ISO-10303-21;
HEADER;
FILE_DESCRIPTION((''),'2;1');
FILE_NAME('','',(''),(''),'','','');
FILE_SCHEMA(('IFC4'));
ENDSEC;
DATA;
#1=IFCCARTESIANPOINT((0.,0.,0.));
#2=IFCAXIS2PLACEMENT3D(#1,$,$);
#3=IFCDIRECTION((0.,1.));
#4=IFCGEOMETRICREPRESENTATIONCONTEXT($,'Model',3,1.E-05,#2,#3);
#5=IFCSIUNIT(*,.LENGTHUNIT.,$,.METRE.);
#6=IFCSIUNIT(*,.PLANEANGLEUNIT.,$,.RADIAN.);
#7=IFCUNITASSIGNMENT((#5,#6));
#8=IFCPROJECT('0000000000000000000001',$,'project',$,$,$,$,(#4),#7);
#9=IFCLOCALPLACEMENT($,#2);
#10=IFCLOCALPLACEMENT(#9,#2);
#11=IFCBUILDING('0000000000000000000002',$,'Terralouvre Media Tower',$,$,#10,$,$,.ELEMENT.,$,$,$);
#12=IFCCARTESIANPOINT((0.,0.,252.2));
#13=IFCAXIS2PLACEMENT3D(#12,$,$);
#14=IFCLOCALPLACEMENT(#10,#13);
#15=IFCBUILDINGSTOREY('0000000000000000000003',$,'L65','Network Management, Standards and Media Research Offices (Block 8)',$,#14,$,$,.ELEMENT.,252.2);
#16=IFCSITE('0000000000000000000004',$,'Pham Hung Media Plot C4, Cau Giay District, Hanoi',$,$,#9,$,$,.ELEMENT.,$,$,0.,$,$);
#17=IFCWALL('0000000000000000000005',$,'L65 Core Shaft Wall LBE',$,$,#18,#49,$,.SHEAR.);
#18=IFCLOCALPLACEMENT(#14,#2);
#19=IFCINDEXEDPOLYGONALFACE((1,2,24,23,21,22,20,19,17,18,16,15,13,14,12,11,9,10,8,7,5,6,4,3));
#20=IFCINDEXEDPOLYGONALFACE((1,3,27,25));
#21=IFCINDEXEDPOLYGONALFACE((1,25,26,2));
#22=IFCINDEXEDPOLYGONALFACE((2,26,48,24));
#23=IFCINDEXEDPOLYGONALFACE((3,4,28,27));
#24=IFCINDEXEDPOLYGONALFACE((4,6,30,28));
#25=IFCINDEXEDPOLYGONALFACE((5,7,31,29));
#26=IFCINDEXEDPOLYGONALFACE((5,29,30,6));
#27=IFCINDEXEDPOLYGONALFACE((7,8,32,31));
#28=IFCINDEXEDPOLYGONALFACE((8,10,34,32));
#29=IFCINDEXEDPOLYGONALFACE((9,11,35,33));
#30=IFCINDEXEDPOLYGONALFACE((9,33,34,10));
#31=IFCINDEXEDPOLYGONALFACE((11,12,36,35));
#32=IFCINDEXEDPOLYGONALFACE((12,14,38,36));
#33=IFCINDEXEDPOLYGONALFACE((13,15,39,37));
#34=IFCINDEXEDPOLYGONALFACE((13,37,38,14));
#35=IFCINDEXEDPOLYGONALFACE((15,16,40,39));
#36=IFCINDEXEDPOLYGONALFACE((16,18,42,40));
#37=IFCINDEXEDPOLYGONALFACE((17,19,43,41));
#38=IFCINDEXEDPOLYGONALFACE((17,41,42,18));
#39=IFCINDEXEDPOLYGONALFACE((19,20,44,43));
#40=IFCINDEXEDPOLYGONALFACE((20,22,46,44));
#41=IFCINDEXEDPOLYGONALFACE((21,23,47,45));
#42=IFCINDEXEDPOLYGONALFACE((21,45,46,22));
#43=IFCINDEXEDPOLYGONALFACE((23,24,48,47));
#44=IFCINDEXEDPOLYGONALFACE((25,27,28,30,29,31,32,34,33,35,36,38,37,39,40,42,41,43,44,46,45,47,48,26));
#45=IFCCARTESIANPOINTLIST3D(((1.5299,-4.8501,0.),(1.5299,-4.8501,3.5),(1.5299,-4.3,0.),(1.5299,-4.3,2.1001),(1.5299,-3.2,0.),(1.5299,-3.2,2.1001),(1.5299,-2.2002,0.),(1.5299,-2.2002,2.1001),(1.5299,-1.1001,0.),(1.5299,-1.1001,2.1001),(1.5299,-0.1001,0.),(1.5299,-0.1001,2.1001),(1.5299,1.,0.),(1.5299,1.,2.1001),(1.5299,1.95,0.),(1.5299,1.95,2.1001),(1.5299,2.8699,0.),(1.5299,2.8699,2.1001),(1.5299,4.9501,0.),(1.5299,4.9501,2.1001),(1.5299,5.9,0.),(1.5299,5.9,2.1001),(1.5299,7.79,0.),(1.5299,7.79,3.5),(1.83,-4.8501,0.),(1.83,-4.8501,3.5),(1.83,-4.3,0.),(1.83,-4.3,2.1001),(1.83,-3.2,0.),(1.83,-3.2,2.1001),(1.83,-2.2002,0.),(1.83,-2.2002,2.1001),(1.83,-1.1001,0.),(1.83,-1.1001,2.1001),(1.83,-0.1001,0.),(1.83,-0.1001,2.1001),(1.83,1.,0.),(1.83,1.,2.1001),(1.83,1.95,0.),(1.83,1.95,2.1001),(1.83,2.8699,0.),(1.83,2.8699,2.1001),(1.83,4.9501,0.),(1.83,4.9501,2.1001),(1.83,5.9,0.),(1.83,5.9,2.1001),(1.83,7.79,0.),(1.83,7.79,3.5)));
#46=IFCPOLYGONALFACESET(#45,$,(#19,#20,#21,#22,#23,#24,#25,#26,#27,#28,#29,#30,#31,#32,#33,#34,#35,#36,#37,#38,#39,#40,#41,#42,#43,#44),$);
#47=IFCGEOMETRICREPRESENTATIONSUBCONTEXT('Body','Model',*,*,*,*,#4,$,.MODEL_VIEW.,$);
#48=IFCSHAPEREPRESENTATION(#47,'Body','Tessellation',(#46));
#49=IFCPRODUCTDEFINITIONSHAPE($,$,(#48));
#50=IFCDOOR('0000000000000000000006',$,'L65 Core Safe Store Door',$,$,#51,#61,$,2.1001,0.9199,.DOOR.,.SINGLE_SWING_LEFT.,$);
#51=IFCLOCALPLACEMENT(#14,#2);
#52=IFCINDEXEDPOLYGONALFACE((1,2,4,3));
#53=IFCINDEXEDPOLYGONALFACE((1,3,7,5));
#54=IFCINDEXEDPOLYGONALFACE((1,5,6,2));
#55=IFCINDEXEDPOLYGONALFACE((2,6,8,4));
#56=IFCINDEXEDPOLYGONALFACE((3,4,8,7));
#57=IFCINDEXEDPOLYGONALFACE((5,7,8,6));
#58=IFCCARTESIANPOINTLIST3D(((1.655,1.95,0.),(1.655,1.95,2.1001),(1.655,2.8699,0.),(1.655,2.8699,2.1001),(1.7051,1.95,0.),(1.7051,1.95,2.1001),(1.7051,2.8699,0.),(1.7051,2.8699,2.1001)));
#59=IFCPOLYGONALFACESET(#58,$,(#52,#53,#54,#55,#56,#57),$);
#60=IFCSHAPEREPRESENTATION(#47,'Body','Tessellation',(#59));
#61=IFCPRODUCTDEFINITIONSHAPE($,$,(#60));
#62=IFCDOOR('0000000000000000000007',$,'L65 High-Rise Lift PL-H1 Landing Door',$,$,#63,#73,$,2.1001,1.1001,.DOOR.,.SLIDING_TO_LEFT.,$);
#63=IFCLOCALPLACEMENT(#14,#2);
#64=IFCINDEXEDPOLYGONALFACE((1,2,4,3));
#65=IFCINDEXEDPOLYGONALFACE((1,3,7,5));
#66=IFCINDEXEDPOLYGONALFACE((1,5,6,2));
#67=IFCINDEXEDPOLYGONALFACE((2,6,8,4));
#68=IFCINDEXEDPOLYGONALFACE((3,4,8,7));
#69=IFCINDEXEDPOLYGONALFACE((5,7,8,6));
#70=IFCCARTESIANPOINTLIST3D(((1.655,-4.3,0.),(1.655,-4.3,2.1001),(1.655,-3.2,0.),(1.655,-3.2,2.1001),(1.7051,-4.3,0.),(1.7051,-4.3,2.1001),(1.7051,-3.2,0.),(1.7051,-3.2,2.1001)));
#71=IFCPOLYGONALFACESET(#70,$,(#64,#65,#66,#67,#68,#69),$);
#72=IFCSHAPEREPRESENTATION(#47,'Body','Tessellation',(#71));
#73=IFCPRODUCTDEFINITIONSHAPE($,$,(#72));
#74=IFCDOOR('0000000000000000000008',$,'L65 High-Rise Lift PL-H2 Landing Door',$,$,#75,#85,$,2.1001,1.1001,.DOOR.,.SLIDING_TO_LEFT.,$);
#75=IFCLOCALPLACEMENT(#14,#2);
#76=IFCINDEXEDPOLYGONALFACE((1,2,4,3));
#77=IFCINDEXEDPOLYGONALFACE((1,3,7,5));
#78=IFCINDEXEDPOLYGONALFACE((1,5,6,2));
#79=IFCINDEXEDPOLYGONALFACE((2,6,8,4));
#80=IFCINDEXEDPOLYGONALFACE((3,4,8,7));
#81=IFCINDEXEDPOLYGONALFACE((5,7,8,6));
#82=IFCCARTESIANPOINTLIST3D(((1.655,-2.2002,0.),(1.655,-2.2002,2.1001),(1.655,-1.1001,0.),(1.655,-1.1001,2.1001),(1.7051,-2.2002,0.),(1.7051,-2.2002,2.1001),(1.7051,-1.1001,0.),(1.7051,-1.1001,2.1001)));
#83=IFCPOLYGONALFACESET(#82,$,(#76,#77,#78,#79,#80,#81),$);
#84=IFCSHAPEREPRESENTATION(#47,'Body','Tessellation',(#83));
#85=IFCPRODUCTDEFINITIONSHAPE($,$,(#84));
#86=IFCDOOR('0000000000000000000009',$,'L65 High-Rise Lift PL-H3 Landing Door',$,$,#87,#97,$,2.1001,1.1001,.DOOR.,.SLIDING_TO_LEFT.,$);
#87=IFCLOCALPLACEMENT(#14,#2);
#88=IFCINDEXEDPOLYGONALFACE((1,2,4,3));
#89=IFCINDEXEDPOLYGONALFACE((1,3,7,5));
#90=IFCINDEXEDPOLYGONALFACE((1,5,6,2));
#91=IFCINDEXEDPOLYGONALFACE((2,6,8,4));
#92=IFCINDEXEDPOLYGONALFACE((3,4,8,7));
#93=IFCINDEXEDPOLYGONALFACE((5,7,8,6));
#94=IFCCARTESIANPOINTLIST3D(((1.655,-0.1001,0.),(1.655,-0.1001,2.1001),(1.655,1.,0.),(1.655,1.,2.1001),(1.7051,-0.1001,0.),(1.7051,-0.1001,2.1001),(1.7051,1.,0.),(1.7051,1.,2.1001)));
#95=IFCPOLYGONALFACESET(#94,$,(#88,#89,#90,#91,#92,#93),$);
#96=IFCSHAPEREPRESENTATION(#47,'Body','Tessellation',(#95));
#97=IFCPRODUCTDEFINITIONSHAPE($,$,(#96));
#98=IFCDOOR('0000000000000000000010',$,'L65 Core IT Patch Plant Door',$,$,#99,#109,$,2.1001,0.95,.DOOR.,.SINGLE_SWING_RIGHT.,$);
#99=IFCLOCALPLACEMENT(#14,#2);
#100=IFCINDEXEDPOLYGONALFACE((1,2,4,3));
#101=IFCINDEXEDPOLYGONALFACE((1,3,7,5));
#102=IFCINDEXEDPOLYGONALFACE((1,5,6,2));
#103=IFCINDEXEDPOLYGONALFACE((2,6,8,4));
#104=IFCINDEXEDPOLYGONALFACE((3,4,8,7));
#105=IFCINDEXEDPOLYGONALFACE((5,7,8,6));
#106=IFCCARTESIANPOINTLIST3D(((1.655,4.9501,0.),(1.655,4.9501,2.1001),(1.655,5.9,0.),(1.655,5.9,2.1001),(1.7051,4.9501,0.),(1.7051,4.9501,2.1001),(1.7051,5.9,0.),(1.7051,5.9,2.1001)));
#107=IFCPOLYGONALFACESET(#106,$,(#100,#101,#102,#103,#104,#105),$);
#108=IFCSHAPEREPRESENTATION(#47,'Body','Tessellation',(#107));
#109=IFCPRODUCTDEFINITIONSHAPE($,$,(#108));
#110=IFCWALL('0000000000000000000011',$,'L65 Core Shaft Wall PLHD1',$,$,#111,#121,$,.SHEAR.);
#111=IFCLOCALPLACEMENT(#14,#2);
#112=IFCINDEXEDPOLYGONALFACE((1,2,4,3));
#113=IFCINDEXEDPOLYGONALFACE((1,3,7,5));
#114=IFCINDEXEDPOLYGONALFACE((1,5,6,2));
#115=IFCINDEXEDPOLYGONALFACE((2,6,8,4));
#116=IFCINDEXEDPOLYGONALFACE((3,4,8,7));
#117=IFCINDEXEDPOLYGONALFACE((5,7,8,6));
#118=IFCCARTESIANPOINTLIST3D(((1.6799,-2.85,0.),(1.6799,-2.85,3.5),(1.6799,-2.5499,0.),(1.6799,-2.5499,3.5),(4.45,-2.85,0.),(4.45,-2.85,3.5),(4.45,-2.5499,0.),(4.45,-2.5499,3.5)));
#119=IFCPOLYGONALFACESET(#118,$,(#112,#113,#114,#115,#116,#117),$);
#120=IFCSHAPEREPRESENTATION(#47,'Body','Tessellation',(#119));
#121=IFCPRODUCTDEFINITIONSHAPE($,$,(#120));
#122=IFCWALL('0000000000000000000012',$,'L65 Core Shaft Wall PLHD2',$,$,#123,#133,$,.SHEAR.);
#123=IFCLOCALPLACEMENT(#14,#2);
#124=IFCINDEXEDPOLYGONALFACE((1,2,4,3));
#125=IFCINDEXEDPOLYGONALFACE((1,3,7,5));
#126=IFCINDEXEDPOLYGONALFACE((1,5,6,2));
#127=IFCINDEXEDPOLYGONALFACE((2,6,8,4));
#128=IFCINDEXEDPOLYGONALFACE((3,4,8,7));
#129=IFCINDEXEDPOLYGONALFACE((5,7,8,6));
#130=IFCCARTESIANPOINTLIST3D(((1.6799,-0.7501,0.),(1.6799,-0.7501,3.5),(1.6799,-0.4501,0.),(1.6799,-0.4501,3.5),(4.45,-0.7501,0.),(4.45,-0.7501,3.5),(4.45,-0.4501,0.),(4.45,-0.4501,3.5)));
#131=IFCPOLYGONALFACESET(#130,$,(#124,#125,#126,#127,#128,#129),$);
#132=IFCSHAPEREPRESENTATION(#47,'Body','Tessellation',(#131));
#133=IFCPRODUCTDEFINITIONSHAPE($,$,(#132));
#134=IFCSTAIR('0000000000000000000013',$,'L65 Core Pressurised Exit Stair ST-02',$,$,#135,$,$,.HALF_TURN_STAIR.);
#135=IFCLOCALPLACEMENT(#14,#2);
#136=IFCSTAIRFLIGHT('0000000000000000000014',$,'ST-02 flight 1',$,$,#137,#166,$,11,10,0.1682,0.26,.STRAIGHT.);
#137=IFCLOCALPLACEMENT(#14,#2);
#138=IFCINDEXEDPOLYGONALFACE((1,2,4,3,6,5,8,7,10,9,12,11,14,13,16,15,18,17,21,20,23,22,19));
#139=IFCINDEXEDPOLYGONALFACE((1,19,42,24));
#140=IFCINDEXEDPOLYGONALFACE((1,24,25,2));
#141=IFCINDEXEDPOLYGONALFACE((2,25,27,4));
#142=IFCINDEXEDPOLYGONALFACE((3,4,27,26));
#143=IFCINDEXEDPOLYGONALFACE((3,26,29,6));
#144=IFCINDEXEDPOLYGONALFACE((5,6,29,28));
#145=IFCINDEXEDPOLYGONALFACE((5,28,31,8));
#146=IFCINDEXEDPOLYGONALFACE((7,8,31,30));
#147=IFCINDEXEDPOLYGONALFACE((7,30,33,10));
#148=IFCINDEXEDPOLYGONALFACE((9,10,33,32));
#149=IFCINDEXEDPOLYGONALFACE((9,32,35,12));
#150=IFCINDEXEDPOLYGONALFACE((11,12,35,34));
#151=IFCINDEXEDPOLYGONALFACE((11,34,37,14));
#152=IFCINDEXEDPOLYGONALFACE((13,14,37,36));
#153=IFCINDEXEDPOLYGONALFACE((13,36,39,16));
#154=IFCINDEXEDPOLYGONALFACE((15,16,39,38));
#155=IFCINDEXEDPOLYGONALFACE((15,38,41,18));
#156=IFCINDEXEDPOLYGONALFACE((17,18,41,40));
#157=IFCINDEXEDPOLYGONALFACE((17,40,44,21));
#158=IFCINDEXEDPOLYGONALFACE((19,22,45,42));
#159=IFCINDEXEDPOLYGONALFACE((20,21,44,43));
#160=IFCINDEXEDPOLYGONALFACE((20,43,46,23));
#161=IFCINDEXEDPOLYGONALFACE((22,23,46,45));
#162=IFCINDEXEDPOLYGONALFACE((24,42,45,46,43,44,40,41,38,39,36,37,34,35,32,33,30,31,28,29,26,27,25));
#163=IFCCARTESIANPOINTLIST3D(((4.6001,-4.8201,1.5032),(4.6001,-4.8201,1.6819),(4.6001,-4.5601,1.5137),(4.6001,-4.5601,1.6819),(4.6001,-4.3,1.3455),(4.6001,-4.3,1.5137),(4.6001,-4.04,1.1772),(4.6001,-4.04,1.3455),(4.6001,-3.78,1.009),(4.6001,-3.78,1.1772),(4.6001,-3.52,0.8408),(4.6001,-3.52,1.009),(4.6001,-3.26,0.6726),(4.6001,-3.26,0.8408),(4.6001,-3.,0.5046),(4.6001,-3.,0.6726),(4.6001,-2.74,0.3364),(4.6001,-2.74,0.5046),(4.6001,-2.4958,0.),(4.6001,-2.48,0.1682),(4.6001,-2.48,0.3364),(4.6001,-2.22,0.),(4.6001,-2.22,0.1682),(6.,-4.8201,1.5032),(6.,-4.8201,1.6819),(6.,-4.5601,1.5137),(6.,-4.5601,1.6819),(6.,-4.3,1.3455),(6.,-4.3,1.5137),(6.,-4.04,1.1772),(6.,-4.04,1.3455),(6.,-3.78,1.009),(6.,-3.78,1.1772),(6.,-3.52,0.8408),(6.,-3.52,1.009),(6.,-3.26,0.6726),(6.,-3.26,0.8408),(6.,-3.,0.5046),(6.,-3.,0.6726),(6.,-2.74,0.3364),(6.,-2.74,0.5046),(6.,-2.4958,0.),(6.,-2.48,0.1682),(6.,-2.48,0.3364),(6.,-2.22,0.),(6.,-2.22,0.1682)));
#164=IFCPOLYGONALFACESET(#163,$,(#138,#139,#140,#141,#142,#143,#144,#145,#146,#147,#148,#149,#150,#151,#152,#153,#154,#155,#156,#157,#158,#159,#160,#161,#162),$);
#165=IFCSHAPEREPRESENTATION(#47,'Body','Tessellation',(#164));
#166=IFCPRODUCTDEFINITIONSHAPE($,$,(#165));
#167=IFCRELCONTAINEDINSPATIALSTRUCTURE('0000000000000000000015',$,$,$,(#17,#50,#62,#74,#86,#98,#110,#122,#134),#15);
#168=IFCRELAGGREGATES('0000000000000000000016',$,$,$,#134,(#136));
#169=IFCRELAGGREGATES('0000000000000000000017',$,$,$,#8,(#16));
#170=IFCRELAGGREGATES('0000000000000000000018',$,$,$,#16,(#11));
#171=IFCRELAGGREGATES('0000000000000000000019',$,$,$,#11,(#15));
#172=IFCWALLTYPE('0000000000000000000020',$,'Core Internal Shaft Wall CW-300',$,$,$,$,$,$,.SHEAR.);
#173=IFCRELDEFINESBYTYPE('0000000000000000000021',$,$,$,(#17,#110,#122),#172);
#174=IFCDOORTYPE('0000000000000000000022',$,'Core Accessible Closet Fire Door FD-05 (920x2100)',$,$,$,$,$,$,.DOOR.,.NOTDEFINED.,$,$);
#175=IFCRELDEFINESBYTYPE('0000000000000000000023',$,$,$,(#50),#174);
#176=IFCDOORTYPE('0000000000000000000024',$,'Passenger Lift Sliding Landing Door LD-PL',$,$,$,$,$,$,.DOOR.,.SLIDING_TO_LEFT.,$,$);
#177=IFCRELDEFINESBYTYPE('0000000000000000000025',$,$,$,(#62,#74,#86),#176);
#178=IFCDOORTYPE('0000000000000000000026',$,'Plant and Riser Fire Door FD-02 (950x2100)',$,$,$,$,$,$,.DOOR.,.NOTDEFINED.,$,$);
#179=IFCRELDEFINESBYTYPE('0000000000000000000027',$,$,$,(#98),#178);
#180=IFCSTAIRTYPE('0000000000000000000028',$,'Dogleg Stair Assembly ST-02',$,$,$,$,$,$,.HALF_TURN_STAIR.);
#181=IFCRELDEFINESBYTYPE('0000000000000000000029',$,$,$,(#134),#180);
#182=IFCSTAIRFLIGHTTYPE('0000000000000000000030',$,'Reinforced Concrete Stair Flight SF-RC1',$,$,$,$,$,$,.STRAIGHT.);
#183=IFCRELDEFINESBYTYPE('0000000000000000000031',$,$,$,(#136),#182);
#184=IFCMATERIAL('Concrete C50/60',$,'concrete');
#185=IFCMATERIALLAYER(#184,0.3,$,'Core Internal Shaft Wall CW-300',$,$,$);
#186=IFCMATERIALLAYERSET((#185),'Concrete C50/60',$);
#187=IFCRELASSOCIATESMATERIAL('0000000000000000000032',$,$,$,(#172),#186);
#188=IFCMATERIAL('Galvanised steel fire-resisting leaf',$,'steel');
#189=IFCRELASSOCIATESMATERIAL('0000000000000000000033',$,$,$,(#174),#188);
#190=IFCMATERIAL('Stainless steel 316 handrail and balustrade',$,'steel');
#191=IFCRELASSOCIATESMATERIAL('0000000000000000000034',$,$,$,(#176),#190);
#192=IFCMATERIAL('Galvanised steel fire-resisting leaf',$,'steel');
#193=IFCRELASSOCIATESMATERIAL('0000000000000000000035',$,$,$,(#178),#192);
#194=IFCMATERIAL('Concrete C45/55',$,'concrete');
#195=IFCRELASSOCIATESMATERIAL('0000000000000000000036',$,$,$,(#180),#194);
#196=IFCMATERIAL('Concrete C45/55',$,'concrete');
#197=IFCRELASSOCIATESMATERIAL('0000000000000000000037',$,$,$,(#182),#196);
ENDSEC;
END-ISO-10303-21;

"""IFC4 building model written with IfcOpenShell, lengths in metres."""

from ifc_helpers import new_model, si_unit, direction, frame, frame_2d, origin, place, context, subcontext, project, spatial, polyline, rectangle, outline, extrude, material, layer, layer_set, type_object, element, fill, aggregate, save


model = new_model("IFC4")

# Units and contexts
model_context = context("Model", 3, precision=1e-05, world=origin(), true_north=direction((0.0, 1.0)))
body_context = subcontext(model_context, "Body", "Model", "MODEL_VIEW")
ifc_project = project(units=[si_unit("LENGTHUNIT", "METRE"), si_unit("PLANEANGLEUNIT", "RADIAN")], contexts=[model_context])

# Site, building, storey
site_placement = place(None, origin())
site = spatial("IfcSite", under=ifc_project, at=site_placement, Name="Pham Hung Media Plot C4, Cau Giay District, Hanoi", CompositionType="ELEMENT", RefElevation=0.0)
building_placement = place(site_placement, origin())
building = spatial("IfcBuilding", under=site, at=building_placement, Name="Terralouvre Media Tower", CompositionType="ELEMENT")
storey_placement = place(building_placement, frame((0.0, 0.0, 252.2)))
storey = spatial("IfcBuildingStorey", under=building, at=storey_placement, Name="L65", Description="Network Management, Standards and Media Research Offices (Block 8)", CompositionType="ELEMENT", Elevation=252.2)

# Shared definitions
ifc_material_1 = material(Name="Concrete C50/60", Category="concrete")
ifc_layer_1 = layer(ifc_material_1, 0.3, Name="Core Internal Shaft Wall CW-300")
ifc_layer_set_1 = layer_set([ifc_layer_1], Name="Concrete C50/60")
wall_type = type_object("IfcWallType", Name="Core Internal Shaft Wall CW-300", PredefinedType="SHEAR", material=ifc_layer_set_1)

# Wall, openings, doors
wall_1_placement = place(storey_placement, frame((1.6799, -4.8501, 0.0), z_axis=(0.0, 0.0, 1.0), x_axis=(0.0, 1.0, 0.0)))
wall_1 = element("IfcWall", 1, at=wall_1_placement, inside=storey, type_object=wall_type, Name="L65 Core Shaft Wall LBE", PredefinedType="SHEAR", context=body_context, shape_type="SweptSolid", body=[
    extrude(rectangle(XDim=12.6401, YDim=0.3, at=frame_2d((6.3201, 0.0))), origin(), (0.0, 0.0, 1.0), 3.5),
])
opening_1_placement = place(wall_1_placement, frame((0.55, 0.0, 0.0)))
opening_1 = element("IfcOpeningElement", 2, at=opening_1_placement, cuts=wall_1, PredefinedType="OPENING", context=body_context, shape_type="SweptSolid", body=[
    extrude(rectangle(XDim=1.1001, YDim=2.1001, at=frame_2d((0.55, 1.05))), frame((0.0, 0.1599, 0.0), z_axis=(0.0, -1.0, 0.0), x_axis=(1.0, 0.0, 0.0)), (0.0, 0.0, 1.0), 0.3201),
])
opening_2_placement = place(wall_1_placement, frame((2.6499, 0.0, 0.0)))
opening_2 = element("IfcOpeningElement", 3, at=opening_2_placement, cuts=wall_1, PredefinedType="OPENING", context=body_context, shape_type="SweptSolid", body=[
    extrude(rectangle(XDim=1.1001, YDim=2.1001, at=frame_2d((0.55, 1.05))), frame((0.0, 0.1599, 0.0), z_axis=(0.0, -1.0, 0.0), x_axis=(1.0, 0.0, 0.0)), (0.0, 0.0, 1.0), 0.3201),
])
opening_3_placement = place(wall_1_placement, frame((4.75, 0.0, 0.0)))
opening_3 = element("IfcOpeningElement", 4, at=opening_3_placement, cuts=wall_1, PredefinedType="OPENING", context=body_context, shape_type="SweptSolid", body=[
    extrude(rectangle(XDim=1.1001, YDim=2.1001, at=frame_2d((0.55, 1.05))), frame((0.0, 0.1599, 0.0), z_axis=(0.0, -1.0, 0.0), x_axis=(1.0, 0.0, 0.0)), (0.0, 0.0, 1.0), 0.3201),
])
opening_4_placement = place(wall_1_placement, frame((6.8, 0.0, 0.0)))
opening_4 = element("IfcOpeningElement", 5, at=opening_4_placement, cuts=wall_1, PredefinedType="OPENING", context=body_context, shape_type="SweptSolid", body=[
    extrude(rectangle(XDim=0.9199, YDim=2.1001, at=frame_2d((0.46, 1.05))), frame((0.0, 0.1599, 0.0), z_axis=(0.0, -1.0, 0.0), x_axis=(1.0, 0.0, 0.0)), (0.0, 0.0, 1.0), 0.3201),
])
opening_5_placement = place(wall_1_placement, frame((9.8, 0.0, 0.0)))
opening_5 = element("IfcOpeningElement", 6, at=opening_5_placement, cuts=wall_1, PredefinedType="OPENING", context=body_context, shape_type="SweptSolid", body=[
    extrude(rectangle(XDim=0.95, YDim=2.1001, at=frame_2d((0.4751, 1.05))), frame((0.0, 0.1599, 0.0), z_axis=(0.0, -1.0, 0.0), x_axis=(1.0, 0.0, 0.0)), (0.0, 0.0, 1.0), 0.3201),
])
ifc_material_2 = material(Name="Galvanised steel fire-resisting leaf", Category="steel")
door_type_1 = type_object("IfcDoorType", Name="Core Accessible Closet Fire Door FD-05 (920x2100)", OperationType="NOTDEFINED", PredefinedType="DOOR", material=ifc_material_2)
door_1_placement = place(opening_4_placement, origin())
door_1 = element("IfcDoor", 7, at=door_1_placement, inside=storey, type_object=door_type_1, Name="L65 Core Safe Store Door", OperationType="SINGLE_SWING_LEFT", OverallHeight=2.1001, OverallWidth=0.9199, PredefinedType="DOOR", context=body_context, shape_type="SweptSolid", body=[
    extrude(rectangle(XDim=0.9199, YDim=2.1001, at=frame_2d((0.46, 1.05))), frame((0.0, 0.0249, 0.0), z_axis=(0.0, -1.0, 0.0), x_axis=(1.0, 0.0, 0.0)), (0.0, 0.0, 1.0), 0.05),
])
fill(opening_4, door_1)
ifc_material_3 = material(Name="Stainless steel 316 handrail and balustrade", Category="steel")
door_type_2 = type_object("IfcDoorType", Name="Passenger Lift Sliding Landing Door LD-PL", OperationType="SLIDING_TO_LEFT", PredefinedType="DOOR", material=ifc_material_3)
door_2_placement = place(opening_1_placement, origin())
door_2 = element("IfcDoor", 8, at=door_2_placement, inside=storey, type_object=door_type_2, Name="L65 High-Rise Lift PL-H1 Landing Door", OperationType="SLIDING_TO_LEFT", OverallHeight=2.1001, OverallWidth=1.1001, PredefinedType="DOOR", context=body_context, shape_type="SweptSolid", body=[
    extrude(rectangle(XDim=1.1001, YDim=2.1001, at=frame_2d((0.55, 1.05))), frame((0.0, 0.0249, 0.0), z_axis=(0.0, -1.0, 0.0), x_axis=(1.0, 0.0, 0.0)), (0.0, 0.0, 1.0), 0.05),
])
fill(opening_1, door_2)
door_3_placement = place(opening_2_placement, origin())
door_3 = element("IfcDoor", 9, at=door_3_placement, inside=storey, type_object=door_type_2, Name="L65 High-Rise Lift PL-H2 Landing Door", OperationType="SLIDING_TO_LEFT", OverallHeight=2.1001, OverallWidth=1.1001, PredefinedType="DOOR", context=body_context, shape_type="SweptSolid", body=[
    extrude(rectangle(XDim=1.1001, YDim=2.1001, at=frame_2d((0.55, 1.05))), frame((0.0, 0.0249, 0.0), z_axis=(0.0, -1.0, 0.0), x_axis=(1.0, 0.0, 0.0)), (0.0, 0.0, 1.0), 0.05),
])
fill(opening_2, door_3)
door_4_placement = place(opening_3_placement, origin())
door_4 = element("IfcDoor", 10, at=door_4_placement, inside=storey, type_object=door_type_2, Name="L65 High-Rise Lift PL-H3 Landing Door", OperationType="SLIDING_TO_LEFT", OverallHeight=2.1001, OverallWidth=1.1001, PredefinedType="DOOR", context=body_context, shape_type="SweptSolid", body=[
    extrude(rectangle(XDim=1.1001, YDim=2.1001, at=frame_2d((0.55, 1.05))), frame((0.0, 0.0249, 0.0), z_axis=(0.0, -1.0, 0.0), x_axis=(1.0, 0.0, 0.0)), (0.0, 0.0, 1.0), 0.05),
])
fill(opening_3, door_4)
ifc_material_4 = material(Name="Galvanised steel fire-resisting leaf", Category="steel")
door_type_3 = type_object("IfcDoorType", Name="Plant and Riser Fire Door FD-02 (950x2100)", OperationType="NOTDEFINED", PredefinedType="DOOR", material=ifc_material_4)
door_5_placement = place(opening_5_placement, origin())
door_5 = element("IfcDoor", 11, at=door_5_placement, inside=storey, type_object=door_type_3, Name="L65 Core IT Patch Plant Door", OperationType="SINGLE_SWING_RIGHT", OverallHeight=2.1001, OverallWidth=0.95, PredefinedType="DOOR", context=body_context, shape_type="SweptSolid", body=[
    extrude(rectangle(XDim=0.95, YDim=2.1001, at=frame_2d((0.4751, 1.05))), frame((0.0, 0.0249, 0.0), z_axis=(0.0, -1.0, 0.0), x_axis=(1.0, 0.0, 0.0)), (0.0, 0.0, 1.0), 0.05),
])
fill(opening_5, door_5)

# Walls
for number, where, z_axis, x_axis, name in (
    (12, (1.6799, -2.7, 0.0), (0.0, 0.0, 1.0), (1.0, 0.0, 0.0), "L65 Core Shaft Wall PLHD1"),
    (13, (1.6799, -0.6001, 0.0), (0.0, 0.0, 1.0), (1.0, 0.0, 0.0), "L65 Core Shaft Wall PLHD2"),
):
    element("IfcWall", number, at=place(storey_placement, frame(where, z_axis=z_axis, x_axis=x_axis)), inside=storey, type_object=wall_type, Name=name, PredefinedType="SHEAR", context=body_context, shape_type="SweptSolid", body=[
        extrude(rectangle(XDim=2.77, YDim=0.3, at=frame_2d((1.385, 0.0))), origin(), (0.0, 0.0, 1.0), 3.5),
    ])

# Stair, stair flight
ifc_material_5 = material(Name="Concrete C45/55", Category="concrete")
stair_type_1 = type_object("IfcStairType", Name="Dogleg Stair Assembly ST-02", PredefinedType="HALF_TURN_STAIR", material=ifc_material_5)
stair_1_placement = place(storey_placement, origin())
stair_1 = element("IfcStair", 14, at=stair_1_placement, inside=storey, type_object=stair_type_1, Name="L65 Core Pressurised Exit Stair ST-02", PredefinedType="HALF_TURN_STAIR")
ifc_material_6 = material(Name="Concrete C45/55", Category="concrete")
stair_flight_type = type_object("IfcStairFlightType", Name="Reinforced Concrete Stair Flight SF-RC1", PredefinedType="STRAIGHT", material=ifc_material_6)
stair_flight_1_placement = place(storey_placement, frame((5.3, -2.22, 0.0), z_axis=(0.0, 0.0, 1.0), x_axis=(0.0, -1.0, 0.0)))
stair_flight_1 = element("IfcStairFlight", 15, at=stair_flight_1_placement, type_object=stair_flight_type, Name="ST-02 flight 1", NumberOfRisers=11, NumberOfTreads=10, PredefinedType="STRAIGHT", RiserHeight=0.1682, TreadLength=0.26, context=body_context, shape_type="SweptSolid", body=[
    extrude(outline(polyline([(0.0, 0.0), (0.0, 0.1682), (0.26, 0.1682), (0.26, 0.3364), (0.52, 0.3364), (0.52, 0.5046), (0.78, 0.5046), (0.78, 0.6726), (1.04, 0.6726), (1.04, 0.8408), (1.3, 0.8408), (1.3, 1.009), (1.5601, 1.009), (1.5601, 1.1772), (1.8201, 1.1772), (1.8201, 1.3455), (2.0801, 1.3455), (2.0801, 1.5137), (2.3401, 1.5137), (2.3401, 1.6819), (2.6001, 1.6819), (2.6001, 1.8501), (2.6001, 1.5032), (0.2759, 0.0), (0.0, 0.0)])), frame((0.0, 0.7, 0.0), z_axis=(0.0, -1.0, 0.0), x_axis=(1.0, 0.0, 0.0)), (0.0, 0.0, 1.0), 1.3999),
])
aggregate(stair_1, [stair_flight_1])

save(model, "model.ifc")
